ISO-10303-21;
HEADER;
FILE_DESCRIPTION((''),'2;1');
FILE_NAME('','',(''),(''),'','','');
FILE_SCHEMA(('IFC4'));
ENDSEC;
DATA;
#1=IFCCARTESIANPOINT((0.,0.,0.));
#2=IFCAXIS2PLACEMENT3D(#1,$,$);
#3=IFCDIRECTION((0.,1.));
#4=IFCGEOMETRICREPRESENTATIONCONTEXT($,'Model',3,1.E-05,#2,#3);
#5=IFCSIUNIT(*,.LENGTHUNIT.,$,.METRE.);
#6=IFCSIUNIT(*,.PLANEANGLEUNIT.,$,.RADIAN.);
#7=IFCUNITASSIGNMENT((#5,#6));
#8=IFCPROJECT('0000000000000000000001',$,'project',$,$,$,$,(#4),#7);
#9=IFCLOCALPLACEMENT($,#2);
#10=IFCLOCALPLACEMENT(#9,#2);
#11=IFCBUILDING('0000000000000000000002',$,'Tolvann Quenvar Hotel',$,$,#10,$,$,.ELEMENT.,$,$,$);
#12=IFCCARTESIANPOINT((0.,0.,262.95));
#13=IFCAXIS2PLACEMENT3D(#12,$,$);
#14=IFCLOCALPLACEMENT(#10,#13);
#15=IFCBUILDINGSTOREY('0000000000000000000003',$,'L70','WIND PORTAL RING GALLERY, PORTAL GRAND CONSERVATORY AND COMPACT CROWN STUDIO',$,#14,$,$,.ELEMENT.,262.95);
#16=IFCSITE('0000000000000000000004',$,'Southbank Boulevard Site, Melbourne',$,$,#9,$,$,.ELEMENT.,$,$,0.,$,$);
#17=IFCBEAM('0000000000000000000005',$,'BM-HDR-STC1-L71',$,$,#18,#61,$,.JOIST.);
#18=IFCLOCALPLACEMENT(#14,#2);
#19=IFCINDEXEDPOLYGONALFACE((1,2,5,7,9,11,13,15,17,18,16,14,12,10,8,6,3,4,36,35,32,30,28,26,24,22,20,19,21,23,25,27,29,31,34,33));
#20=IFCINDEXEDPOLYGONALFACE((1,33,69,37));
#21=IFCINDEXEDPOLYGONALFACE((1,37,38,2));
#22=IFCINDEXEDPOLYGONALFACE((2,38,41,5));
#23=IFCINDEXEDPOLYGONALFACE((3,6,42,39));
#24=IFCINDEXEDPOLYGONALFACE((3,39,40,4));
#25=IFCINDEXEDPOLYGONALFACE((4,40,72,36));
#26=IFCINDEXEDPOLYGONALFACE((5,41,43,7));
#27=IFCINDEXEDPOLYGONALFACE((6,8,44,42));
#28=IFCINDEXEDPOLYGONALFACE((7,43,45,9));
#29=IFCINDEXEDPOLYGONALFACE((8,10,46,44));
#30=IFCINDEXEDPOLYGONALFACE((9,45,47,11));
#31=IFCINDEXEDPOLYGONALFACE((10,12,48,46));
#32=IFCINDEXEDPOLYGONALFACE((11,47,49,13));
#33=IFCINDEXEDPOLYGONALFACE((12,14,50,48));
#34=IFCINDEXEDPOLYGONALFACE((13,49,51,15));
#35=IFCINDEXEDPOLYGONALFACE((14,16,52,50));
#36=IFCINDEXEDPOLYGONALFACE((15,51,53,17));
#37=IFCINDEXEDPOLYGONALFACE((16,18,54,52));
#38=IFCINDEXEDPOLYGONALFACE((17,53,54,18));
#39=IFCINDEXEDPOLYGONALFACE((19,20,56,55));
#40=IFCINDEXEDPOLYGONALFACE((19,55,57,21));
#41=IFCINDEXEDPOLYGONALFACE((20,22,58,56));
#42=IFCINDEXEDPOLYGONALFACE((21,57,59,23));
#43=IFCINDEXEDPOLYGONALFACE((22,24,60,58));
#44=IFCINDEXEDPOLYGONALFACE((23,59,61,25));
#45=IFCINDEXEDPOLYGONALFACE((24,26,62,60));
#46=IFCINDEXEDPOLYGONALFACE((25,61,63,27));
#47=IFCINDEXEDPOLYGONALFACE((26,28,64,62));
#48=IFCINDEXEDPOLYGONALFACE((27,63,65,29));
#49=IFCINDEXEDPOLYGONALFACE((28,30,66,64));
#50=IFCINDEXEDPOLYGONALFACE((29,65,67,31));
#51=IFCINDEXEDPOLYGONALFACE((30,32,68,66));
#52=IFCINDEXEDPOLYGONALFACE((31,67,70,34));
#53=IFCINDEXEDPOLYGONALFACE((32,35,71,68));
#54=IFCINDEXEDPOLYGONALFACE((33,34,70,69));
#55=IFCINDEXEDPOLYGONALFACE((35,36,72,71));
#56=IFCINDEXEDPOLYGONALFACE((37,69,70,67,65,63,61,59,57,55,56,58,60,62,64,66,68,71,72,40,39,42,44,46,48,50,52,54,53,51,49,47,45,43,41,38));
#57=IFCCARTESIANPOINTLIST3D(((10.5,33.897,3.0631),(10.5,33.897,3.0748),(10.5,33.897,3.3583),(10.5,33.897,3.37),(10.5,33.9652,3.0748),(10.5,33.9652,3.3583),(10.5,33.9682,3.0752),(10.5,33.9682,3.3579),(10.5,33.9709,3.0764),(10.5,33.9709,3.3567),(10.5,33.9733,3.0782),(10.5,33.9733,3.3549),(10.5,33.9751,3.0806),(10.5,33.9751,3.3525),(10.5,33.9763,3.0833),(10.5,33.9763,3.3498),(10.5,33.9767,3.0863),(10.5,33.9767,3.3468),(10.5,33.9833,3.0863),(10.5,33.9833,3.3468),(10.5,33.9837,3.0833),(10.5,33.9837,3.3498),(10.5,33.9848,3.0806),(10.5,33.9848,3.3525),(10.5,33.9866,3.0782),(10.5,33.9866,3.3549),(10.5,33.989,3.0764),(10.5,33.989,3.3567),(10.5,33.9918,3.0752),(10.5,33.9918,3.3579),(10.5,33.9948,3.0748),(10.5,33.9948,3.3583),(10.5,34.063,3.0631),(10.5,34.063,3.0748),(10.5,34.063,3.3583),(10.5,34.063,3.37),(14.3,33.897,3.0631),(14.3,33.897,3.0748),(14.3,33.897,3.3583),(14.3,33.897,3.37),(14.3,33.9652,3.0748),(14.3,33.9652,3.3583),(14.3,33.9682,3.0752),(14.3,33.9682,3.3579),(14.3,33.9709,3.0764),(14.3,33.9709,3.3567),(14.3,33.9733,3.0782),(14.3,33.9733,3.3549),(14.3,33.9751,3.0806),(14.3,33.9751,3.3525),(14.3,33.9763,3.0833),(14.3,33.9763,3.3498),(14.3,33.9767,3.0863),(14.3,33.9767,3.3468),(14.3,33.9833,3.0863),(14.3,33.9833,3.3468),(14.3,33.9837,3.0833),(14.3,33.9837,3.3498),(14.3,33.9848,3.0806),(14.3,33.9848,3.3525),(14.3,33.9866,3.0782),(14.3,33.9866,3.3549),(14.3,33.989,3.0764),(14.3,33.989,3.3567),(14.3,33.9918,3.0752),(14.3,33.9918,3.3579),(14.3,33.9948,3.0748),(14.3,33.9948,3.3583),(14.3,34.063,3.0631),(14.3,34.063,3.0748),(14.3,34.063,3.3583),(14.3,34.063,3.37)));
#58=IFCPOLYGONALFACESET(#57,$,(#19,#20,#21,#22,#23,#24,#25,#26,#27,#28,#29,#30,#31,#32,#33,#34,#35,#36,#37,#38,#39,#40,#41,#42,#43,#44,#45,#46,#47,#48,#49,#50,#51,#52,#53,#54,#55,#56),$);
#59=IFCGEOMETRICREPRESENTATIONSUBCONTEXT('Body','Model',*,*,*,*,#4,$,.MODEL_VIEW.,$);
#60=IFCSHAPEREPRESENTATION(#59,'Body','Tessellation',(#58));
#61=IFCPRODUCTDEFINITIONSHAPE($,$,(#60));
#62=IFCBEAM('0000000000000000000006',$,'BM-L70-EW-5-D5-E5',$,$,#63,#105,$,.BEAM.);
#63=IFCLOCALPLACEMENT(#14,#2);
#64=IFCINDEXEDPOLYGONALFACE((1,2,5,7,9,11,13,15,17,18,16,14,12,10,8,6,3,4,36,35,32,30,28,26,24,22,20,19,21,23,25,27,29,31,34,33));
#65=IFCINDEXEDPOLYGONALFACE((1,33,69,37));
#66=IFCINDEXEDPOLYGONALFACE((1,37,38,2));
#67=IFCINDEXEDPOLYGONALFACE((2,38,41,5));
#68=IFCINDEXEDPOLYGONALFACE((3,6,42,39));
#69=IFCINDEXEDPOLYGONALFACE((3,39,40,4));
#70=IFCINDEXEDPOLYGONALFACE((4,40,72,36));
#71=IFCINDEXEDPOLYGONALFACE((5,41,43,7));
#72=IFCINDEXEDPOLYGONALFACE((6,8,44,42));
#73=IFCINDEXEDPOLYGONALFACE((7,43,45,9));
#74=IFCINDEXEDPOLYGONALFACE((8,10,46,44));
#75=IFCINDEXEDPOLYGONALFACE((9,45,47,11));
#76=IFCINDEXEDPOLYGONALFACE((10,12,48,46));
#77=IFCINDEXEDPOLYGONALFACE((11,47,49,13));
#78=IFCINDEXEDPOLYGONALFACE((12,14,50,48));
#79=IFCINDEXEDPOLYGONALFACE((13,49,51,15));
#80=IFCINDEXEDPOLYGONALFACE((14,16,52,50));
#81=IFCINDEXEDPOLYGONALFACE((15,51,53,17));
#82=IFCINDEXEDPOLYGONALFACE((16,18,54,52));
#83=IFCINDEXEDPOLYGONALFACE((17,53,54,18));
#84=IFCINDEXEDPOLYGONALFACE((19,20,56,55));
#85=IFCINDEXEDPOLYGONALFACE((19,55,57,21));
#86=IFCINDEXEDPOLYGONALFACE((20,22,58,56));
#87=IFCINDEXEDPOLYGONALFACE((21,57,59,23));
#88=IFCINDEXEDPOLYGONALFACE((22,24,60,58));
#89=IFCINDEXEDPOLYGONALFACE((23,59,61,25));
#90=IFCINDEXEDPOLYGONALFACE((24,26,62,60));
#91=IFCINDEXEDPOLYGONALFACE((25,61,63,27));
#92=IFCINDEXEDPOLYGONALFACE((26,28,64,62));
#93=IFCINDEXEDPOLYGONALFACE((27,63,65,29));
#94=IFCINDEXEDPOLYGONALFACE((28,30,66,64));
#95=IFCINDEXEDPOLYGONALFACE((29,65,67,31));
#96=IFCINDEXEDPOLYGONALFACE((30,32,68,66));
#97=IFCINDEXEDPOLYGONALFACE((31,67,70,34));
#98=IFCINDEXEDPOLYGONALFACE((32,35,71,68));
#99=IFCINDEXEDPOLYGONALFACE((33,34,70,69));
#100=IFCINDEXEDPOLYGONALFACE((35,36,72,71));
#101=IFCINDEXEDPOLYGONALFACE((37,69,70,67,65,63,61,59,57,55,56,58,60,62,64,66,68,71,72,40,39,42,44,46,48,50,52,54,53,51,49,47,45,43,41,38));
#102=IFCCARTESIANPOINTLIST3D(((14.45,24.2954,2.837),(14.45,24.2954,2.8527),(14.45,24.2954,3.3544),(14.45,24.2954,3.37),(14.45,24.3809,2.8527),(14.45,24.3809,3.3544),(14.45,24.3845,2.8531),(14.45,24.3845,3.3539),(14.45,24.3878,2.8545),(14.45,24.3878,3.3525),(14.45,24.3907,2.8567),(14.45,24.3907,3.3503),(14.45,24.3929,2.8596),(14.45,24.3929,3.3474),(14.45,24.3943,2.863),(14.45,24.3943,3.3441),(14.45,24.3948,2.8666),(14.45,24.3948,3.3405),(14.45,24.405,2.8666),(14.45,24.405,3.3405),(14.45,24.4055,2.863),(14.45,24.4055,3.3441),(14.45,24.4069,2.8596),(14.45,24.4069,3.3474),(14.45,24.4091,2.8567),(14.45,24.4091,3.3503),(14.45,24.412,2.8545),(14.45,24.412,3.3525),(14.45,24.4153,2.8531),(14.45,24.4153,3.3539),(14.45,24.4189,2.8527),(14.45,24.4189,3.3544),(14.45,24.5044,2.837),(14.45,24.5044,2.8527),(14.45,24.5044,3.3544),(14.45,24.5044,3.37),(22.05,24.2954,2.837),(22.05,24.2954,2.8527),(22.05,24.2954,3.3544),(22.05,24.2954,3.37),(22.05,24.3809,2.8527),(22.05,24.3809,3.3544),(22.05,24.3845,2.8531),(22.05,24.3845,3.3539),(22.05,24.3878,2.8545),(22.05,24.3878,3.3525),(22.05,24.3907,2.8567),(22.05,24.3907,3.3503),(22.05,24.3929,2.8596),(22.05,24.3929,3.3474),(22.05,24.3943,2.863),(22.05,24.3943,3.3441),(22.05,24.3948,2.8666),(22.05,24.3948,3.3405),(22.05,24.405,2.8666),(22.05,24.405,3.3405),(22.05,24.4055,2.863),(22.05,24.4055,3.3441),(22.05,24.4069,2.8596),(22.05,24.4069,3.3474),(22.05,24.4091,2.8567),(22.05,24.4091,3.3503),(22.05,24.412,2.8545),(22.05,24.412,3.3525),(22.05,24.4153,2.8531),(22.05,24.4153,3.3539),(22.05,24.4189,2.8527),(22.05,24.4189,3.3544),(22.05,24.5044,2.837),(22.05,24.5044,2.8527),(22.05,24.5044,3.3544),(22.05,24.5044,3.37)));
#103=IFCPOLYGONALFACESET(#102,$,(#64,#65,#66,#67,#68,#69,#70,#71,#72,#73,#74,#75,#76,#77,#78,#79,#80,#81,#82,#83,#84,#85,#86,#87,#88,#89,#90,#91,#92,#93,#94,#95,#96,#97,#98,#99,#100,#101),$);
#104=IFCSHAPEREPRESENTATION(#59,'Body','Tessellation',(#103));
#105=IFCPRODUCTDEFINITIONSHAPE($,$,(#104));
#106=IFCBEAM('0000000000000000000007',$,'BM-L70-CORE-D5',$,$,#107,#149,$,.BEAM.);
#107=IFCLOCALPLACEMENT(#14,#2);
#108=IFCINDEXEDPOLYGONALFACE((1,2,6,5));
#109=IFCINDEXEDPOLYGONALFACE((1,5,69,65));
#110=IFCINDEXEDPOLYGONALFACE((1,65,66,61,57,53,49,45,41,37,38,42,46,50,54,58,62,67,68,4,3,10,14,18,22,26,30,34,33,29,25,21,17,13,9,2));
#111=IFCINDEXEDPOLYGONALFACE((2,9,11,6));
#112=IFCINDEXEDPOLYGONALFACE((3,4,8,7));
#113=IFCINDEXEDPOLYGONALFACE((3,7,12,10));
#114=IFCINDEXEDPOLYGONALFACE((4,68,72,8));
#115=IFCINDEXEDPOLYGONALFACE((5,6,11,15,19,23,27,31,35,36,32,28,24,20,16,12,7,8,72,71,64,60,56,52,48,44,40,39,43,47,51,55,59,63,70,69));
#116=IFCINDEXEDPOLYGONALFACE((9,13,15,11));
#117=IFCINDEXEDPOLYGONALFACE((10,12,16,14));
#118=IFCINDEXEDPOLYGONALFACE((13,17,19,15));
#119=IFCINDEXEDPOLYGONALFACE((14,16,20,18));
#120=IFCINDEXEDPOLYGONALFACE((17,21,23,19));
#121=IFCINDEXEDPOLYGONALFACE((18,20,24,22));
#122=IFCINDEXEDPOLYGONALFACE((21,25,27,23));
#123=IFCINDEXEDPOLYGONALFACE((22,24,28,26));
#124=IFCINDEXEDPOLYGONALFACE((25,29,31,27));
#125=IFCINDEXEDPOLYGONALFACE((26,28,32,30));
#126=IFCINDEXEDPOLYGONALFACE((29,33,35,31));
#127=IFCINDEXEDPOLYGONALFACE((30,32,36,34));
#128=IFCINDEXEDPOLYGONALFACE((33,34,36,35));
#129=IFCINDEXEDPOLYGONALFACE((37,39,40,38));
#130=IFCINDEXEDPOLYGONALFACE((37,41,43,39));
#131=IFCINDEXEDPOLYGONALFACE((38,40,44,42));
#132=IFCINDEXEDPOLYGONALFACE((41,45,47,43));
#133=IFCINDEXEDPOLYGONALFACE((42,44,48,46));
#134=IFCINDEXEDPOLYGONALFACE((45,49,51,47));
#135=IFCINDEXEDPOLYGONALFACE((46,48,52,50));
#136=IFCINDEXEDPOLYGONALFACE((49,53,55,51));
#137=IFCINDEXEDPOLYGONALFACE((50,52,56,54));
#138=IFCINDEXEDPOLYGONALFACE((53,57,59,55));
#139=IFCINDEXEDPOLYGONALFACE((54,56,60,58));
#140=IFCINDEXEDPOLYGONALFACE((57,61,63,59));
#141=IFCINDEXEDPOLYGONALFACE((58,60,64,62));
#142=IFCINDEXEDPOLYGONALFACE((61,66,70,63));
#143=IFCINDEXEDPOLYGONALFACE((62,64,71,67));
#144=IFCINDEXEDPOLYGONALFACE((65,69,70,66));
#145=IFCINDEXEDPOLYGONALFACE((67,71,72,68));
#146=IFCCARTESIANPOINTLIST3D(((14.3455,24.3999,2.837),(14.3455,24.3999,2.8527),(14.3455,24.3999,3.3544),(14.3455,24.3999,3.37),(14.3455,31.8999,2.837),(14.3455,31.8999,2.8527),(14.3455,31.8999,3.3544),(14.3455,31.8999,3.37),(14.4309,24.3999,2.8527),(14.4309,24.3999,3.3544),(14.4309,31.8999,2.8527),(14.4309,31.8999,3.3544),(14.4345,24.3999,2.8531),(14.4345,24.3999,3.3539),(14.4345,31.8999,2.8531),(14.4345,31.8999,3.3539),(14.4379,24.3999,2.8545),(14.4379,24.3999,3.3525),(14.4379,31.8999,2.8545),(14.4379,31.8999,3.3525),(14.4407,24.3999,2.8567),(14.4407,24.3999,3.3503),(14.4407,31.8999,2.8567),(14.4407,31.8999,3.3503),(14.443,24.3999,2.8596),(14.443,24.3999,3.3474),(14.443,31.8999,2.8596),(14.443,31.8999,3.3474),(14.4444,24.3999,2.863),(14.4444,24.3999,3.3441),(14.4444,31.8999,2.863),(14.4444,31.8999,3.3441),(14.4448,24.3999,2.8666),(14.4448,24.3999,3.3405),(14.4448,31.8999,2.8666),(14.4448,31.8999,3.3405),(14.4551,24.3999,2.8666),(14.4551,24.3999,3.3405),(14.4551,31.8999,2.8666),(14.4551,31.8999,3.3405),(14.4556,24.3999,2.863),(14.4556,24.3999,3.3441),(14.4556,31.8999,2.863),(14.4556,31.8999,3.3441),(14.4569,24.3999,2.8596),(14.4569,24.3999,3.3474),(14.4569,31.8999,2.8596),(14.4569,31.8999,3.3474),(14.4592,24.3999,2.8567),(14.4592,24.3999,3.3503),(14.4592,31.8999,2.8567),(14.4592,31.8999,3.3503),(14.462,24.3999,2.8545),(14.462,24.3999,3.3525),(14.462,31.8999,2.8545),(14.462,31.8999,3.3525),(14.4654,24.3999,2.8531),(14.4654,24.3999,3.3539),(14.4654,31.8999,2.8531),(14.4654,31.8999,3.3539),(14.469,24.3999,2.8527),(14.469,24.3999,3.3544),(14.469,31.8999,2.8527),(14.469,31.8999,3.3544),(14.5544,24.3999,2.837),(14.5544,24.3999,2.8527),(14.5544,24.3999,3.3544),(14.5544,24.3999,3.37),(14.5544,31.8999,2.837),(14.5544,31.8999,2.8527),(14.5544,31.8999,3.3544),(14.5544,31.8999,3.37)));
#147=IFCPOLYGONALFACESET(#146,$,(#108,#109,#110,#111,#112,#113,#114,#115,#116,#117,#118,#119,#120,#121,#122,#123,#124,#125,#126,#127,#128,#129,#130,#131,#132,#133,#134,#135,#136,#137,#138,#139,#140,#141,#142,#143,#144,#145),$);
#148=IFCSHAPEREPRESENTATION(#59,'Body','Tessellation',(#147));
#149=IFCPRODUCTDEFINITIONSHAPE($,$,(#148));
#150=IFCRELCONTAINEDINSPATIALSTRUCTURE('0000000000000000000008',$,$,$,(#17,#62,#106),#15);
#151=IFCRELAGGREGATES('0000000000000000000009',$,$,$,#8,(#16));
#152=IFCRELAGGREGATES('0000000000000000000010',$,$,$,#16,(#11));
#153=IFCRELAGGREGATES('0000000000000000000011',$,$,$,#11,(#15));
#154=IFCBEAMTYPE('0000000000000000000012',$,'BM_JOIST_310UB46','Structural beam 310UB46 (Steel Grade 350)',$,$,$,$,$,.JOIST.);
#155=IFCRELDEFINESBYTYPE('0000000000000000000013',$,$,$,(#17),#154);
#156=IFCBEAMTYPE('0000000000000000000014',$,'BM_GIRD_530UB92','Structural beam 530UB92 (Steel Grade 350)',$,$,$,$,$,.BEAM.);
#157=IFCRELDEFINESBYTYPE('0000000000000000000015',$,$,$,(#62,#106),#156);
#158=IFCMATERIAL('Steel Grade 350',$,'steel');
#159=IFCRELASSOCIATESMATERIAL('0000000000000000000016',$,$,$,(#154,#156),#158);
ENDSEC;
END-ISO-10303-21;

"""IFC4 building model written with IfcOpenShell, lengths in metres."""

from ifc_helpers import new_model, si_unit, direction, frame, origin, origin_2d, place, context, subcontext, project, spatial, i_section, extrude, source, transform, mapped, material, material_profile, profile_set, type_object, type_shapes, element, save


model = new_model("IFC4")

# Units and contexts
model_context = context("Model", 3, precision=1e-05, world=origin(), true_north=direction((0.0, 1.0)))
body_context = subcontext(model_context, "Body", "Model", "MODEL_VIEW")
ifc_project = project(units=[si_unit("LENGTHUNIT", "METRE"), si_unit("PLANEANGLEUNIT", "RADIAN")], contexts=[model_context])

# Site, building, storey
site_placement = place(None, origin())
site = spatial("IfcSite", under=ifc_project, at=site_placement, Name="Southbank Boulevard Site, Melbourne", CompositionType="ELEMENT", RefElevation=0.0)
building_placement = place(site_placement, origin())
building = spatial("IfcBuilding", under=site, at=building_placement, Name="Tolvann Quenvar Hotel", CompositionType="ELEMENT")
storey_placement = place(building_placement, frame((0.0, 0.0, 262.95)))
storey = spatial("IfcBuildingStorey", under=building, at=storey_placement, Name="L70", Description="WIND PORTAL RING GALLERY, PORTAL GRAND CONSERVATORY AND COMPACT CROWN STUDIO", CompositionType="ELEMENT", Elevation=262.95)

# Beams
ifc_material_1 = material(Name="Steel Grade 350", Category="steel")
ifc_material_profile_1 = material_profile(ifc_material_1, i_section(OverallWidth=0.166, OverallDepth=0.3069, WebThickness=0.0066, FlangeThickness=0.0117, FilletRadius=0.0115, at=origin_2d()), Name="310UB46")
ifc_profile_set_1 = profile_set([ifc_material_profile_1], Name="Steel Grade 350")
beam_type_1 = type_object("IfcBeamType", Name="BM_JOIST_310UB46", Description="Structural beam 310UB46 (Steel Grade 350)", PredefinedType="JOIST", material=ifc_profile_set_1)
shared_shape_1 = source(origin(), body_context, "Body", "SweptSolid", [
    extrude(i_section(OverallWidth=0.166, OverallDepth=0.3069, WebThickness=0.0066, FlangeThickness=0.0117, FilletRadius=0.0115, at=origin_2d()), origin(), (0.0, 0.0, 1.0), 3.8),
])
beam_1_placement = place(storey_placement, frame((10.5, 33.98, 3.2166), z_axis=(1.0, 0.0, 0.0), x_axis=(0.0, 1.0, 0.0)))
element("IfcBeam", 1, at=beam_1_placement, inside=storey, type_object=beam_type_1, Name="BM-HDR-STC1-L71", PredefinedType="JOIST", context=body_context, shape_type="MappedRepresentation", body=[
    mapped(shared_shape_1, transform((0.0, 0.0, 0.0), x_axis=(1.0, 0.0, 0.0), y_axis=(0.0, 1.0, 0.0), z_axis=(0.0, 0.0, 1.0), scale=1.0)),
])
ifc_material_profile_2 = material_profile(ifc_material_1, i_section(OverallWidth=0.209, OverallDepth=0.533, WebThickness=0.0103, FlangeThickness=0.0156, FilletRadius=0.0139, at=origin_2d()), Name="530UB92")
ifc_profile_set_2 = profile_set([ifc_material_profile_2], Name="Steel Grade 350")
beam_type_2 = type_object("IfcBeamType", Name="BM_GIRD_530UB92", Description="Structural beam 530UB92 (Steel Grade 350)", PredefinedType="BEAM", material=ifc_profile_set_2)
shared_shape_2 = source(origin(), body_context, "Body", "SweptSolid", [
    extrude(i_section(OverallWidth=0.209, OverallDepth=0.533, WebThickness=0.0103, FlangeThickness=0.0156, FilletRadius=0.0139, at=origin_2d()), origin(), (0.0, 0.0, 1.0), 7.6001),
])
beam_2_placement = place(storey_placement, frame((14.45, 24.3999, 3.1035), z_axis=(1.0, 0.0, 0.0), x_axis=(0.0, 1.0, 0.0)))
element("IfcBeam", 2, at=beam_2_placement, inside=storey, type_object=beam_type_2, Name="BM-L70-EW-5-D5-E5", PredefinedType="BEAM", context=body_context, shape_type="MappedRepresentation", body=[
    mapped(shared_shape_2, transform((0.0, 0.0, 0.0), x_axis=(1.0, 0.0, 0.0), y_axis=(0.0, 1.0, 0.0), z_axis=(0.0, 0.0, 1.0), scale=1.0)),
])
shared_shape_3 = source(origin(), body_context, "Body", "SweptSolid", [
    extrude(i_section(OverallWidth=0.209, OverallDepth=0.533, WebThickness=0.0103, FlangeThickness=0.0156, FilletRadius=0.0139, at=origin_2d()), origin(), (0.0, 0.0, 1.0), 7.5),
])
type_shapes(beam_type_2, [shared_shape_2, shared_shape_3])
beam_3_placement = place(storey_placement, frame((14.45, 24.3999, 3.1035), z_axis=(0.0, 1.0, 0.0), x_axis=(-1.0, 0.0, 0.0)))
element("IfcBeam", 3, at=beam_3_placement, inside=storey, type_object=beam_type_2, Name="BM-L70-CORE-D5", PredefinedType="BEAM", context=body_context, shape_type="MappedRepresentation", body=[
    mapped(shared_shape_3, transform((0.0, 0.0, 0.0), x_axis=(1.0, 0.0, 0.0), y_axis=(0.0, 1.0, 0.0), z_axis=(0.0, 0.0, 1.0), scale=1.0)),
])

save(model, "model.ifc")
